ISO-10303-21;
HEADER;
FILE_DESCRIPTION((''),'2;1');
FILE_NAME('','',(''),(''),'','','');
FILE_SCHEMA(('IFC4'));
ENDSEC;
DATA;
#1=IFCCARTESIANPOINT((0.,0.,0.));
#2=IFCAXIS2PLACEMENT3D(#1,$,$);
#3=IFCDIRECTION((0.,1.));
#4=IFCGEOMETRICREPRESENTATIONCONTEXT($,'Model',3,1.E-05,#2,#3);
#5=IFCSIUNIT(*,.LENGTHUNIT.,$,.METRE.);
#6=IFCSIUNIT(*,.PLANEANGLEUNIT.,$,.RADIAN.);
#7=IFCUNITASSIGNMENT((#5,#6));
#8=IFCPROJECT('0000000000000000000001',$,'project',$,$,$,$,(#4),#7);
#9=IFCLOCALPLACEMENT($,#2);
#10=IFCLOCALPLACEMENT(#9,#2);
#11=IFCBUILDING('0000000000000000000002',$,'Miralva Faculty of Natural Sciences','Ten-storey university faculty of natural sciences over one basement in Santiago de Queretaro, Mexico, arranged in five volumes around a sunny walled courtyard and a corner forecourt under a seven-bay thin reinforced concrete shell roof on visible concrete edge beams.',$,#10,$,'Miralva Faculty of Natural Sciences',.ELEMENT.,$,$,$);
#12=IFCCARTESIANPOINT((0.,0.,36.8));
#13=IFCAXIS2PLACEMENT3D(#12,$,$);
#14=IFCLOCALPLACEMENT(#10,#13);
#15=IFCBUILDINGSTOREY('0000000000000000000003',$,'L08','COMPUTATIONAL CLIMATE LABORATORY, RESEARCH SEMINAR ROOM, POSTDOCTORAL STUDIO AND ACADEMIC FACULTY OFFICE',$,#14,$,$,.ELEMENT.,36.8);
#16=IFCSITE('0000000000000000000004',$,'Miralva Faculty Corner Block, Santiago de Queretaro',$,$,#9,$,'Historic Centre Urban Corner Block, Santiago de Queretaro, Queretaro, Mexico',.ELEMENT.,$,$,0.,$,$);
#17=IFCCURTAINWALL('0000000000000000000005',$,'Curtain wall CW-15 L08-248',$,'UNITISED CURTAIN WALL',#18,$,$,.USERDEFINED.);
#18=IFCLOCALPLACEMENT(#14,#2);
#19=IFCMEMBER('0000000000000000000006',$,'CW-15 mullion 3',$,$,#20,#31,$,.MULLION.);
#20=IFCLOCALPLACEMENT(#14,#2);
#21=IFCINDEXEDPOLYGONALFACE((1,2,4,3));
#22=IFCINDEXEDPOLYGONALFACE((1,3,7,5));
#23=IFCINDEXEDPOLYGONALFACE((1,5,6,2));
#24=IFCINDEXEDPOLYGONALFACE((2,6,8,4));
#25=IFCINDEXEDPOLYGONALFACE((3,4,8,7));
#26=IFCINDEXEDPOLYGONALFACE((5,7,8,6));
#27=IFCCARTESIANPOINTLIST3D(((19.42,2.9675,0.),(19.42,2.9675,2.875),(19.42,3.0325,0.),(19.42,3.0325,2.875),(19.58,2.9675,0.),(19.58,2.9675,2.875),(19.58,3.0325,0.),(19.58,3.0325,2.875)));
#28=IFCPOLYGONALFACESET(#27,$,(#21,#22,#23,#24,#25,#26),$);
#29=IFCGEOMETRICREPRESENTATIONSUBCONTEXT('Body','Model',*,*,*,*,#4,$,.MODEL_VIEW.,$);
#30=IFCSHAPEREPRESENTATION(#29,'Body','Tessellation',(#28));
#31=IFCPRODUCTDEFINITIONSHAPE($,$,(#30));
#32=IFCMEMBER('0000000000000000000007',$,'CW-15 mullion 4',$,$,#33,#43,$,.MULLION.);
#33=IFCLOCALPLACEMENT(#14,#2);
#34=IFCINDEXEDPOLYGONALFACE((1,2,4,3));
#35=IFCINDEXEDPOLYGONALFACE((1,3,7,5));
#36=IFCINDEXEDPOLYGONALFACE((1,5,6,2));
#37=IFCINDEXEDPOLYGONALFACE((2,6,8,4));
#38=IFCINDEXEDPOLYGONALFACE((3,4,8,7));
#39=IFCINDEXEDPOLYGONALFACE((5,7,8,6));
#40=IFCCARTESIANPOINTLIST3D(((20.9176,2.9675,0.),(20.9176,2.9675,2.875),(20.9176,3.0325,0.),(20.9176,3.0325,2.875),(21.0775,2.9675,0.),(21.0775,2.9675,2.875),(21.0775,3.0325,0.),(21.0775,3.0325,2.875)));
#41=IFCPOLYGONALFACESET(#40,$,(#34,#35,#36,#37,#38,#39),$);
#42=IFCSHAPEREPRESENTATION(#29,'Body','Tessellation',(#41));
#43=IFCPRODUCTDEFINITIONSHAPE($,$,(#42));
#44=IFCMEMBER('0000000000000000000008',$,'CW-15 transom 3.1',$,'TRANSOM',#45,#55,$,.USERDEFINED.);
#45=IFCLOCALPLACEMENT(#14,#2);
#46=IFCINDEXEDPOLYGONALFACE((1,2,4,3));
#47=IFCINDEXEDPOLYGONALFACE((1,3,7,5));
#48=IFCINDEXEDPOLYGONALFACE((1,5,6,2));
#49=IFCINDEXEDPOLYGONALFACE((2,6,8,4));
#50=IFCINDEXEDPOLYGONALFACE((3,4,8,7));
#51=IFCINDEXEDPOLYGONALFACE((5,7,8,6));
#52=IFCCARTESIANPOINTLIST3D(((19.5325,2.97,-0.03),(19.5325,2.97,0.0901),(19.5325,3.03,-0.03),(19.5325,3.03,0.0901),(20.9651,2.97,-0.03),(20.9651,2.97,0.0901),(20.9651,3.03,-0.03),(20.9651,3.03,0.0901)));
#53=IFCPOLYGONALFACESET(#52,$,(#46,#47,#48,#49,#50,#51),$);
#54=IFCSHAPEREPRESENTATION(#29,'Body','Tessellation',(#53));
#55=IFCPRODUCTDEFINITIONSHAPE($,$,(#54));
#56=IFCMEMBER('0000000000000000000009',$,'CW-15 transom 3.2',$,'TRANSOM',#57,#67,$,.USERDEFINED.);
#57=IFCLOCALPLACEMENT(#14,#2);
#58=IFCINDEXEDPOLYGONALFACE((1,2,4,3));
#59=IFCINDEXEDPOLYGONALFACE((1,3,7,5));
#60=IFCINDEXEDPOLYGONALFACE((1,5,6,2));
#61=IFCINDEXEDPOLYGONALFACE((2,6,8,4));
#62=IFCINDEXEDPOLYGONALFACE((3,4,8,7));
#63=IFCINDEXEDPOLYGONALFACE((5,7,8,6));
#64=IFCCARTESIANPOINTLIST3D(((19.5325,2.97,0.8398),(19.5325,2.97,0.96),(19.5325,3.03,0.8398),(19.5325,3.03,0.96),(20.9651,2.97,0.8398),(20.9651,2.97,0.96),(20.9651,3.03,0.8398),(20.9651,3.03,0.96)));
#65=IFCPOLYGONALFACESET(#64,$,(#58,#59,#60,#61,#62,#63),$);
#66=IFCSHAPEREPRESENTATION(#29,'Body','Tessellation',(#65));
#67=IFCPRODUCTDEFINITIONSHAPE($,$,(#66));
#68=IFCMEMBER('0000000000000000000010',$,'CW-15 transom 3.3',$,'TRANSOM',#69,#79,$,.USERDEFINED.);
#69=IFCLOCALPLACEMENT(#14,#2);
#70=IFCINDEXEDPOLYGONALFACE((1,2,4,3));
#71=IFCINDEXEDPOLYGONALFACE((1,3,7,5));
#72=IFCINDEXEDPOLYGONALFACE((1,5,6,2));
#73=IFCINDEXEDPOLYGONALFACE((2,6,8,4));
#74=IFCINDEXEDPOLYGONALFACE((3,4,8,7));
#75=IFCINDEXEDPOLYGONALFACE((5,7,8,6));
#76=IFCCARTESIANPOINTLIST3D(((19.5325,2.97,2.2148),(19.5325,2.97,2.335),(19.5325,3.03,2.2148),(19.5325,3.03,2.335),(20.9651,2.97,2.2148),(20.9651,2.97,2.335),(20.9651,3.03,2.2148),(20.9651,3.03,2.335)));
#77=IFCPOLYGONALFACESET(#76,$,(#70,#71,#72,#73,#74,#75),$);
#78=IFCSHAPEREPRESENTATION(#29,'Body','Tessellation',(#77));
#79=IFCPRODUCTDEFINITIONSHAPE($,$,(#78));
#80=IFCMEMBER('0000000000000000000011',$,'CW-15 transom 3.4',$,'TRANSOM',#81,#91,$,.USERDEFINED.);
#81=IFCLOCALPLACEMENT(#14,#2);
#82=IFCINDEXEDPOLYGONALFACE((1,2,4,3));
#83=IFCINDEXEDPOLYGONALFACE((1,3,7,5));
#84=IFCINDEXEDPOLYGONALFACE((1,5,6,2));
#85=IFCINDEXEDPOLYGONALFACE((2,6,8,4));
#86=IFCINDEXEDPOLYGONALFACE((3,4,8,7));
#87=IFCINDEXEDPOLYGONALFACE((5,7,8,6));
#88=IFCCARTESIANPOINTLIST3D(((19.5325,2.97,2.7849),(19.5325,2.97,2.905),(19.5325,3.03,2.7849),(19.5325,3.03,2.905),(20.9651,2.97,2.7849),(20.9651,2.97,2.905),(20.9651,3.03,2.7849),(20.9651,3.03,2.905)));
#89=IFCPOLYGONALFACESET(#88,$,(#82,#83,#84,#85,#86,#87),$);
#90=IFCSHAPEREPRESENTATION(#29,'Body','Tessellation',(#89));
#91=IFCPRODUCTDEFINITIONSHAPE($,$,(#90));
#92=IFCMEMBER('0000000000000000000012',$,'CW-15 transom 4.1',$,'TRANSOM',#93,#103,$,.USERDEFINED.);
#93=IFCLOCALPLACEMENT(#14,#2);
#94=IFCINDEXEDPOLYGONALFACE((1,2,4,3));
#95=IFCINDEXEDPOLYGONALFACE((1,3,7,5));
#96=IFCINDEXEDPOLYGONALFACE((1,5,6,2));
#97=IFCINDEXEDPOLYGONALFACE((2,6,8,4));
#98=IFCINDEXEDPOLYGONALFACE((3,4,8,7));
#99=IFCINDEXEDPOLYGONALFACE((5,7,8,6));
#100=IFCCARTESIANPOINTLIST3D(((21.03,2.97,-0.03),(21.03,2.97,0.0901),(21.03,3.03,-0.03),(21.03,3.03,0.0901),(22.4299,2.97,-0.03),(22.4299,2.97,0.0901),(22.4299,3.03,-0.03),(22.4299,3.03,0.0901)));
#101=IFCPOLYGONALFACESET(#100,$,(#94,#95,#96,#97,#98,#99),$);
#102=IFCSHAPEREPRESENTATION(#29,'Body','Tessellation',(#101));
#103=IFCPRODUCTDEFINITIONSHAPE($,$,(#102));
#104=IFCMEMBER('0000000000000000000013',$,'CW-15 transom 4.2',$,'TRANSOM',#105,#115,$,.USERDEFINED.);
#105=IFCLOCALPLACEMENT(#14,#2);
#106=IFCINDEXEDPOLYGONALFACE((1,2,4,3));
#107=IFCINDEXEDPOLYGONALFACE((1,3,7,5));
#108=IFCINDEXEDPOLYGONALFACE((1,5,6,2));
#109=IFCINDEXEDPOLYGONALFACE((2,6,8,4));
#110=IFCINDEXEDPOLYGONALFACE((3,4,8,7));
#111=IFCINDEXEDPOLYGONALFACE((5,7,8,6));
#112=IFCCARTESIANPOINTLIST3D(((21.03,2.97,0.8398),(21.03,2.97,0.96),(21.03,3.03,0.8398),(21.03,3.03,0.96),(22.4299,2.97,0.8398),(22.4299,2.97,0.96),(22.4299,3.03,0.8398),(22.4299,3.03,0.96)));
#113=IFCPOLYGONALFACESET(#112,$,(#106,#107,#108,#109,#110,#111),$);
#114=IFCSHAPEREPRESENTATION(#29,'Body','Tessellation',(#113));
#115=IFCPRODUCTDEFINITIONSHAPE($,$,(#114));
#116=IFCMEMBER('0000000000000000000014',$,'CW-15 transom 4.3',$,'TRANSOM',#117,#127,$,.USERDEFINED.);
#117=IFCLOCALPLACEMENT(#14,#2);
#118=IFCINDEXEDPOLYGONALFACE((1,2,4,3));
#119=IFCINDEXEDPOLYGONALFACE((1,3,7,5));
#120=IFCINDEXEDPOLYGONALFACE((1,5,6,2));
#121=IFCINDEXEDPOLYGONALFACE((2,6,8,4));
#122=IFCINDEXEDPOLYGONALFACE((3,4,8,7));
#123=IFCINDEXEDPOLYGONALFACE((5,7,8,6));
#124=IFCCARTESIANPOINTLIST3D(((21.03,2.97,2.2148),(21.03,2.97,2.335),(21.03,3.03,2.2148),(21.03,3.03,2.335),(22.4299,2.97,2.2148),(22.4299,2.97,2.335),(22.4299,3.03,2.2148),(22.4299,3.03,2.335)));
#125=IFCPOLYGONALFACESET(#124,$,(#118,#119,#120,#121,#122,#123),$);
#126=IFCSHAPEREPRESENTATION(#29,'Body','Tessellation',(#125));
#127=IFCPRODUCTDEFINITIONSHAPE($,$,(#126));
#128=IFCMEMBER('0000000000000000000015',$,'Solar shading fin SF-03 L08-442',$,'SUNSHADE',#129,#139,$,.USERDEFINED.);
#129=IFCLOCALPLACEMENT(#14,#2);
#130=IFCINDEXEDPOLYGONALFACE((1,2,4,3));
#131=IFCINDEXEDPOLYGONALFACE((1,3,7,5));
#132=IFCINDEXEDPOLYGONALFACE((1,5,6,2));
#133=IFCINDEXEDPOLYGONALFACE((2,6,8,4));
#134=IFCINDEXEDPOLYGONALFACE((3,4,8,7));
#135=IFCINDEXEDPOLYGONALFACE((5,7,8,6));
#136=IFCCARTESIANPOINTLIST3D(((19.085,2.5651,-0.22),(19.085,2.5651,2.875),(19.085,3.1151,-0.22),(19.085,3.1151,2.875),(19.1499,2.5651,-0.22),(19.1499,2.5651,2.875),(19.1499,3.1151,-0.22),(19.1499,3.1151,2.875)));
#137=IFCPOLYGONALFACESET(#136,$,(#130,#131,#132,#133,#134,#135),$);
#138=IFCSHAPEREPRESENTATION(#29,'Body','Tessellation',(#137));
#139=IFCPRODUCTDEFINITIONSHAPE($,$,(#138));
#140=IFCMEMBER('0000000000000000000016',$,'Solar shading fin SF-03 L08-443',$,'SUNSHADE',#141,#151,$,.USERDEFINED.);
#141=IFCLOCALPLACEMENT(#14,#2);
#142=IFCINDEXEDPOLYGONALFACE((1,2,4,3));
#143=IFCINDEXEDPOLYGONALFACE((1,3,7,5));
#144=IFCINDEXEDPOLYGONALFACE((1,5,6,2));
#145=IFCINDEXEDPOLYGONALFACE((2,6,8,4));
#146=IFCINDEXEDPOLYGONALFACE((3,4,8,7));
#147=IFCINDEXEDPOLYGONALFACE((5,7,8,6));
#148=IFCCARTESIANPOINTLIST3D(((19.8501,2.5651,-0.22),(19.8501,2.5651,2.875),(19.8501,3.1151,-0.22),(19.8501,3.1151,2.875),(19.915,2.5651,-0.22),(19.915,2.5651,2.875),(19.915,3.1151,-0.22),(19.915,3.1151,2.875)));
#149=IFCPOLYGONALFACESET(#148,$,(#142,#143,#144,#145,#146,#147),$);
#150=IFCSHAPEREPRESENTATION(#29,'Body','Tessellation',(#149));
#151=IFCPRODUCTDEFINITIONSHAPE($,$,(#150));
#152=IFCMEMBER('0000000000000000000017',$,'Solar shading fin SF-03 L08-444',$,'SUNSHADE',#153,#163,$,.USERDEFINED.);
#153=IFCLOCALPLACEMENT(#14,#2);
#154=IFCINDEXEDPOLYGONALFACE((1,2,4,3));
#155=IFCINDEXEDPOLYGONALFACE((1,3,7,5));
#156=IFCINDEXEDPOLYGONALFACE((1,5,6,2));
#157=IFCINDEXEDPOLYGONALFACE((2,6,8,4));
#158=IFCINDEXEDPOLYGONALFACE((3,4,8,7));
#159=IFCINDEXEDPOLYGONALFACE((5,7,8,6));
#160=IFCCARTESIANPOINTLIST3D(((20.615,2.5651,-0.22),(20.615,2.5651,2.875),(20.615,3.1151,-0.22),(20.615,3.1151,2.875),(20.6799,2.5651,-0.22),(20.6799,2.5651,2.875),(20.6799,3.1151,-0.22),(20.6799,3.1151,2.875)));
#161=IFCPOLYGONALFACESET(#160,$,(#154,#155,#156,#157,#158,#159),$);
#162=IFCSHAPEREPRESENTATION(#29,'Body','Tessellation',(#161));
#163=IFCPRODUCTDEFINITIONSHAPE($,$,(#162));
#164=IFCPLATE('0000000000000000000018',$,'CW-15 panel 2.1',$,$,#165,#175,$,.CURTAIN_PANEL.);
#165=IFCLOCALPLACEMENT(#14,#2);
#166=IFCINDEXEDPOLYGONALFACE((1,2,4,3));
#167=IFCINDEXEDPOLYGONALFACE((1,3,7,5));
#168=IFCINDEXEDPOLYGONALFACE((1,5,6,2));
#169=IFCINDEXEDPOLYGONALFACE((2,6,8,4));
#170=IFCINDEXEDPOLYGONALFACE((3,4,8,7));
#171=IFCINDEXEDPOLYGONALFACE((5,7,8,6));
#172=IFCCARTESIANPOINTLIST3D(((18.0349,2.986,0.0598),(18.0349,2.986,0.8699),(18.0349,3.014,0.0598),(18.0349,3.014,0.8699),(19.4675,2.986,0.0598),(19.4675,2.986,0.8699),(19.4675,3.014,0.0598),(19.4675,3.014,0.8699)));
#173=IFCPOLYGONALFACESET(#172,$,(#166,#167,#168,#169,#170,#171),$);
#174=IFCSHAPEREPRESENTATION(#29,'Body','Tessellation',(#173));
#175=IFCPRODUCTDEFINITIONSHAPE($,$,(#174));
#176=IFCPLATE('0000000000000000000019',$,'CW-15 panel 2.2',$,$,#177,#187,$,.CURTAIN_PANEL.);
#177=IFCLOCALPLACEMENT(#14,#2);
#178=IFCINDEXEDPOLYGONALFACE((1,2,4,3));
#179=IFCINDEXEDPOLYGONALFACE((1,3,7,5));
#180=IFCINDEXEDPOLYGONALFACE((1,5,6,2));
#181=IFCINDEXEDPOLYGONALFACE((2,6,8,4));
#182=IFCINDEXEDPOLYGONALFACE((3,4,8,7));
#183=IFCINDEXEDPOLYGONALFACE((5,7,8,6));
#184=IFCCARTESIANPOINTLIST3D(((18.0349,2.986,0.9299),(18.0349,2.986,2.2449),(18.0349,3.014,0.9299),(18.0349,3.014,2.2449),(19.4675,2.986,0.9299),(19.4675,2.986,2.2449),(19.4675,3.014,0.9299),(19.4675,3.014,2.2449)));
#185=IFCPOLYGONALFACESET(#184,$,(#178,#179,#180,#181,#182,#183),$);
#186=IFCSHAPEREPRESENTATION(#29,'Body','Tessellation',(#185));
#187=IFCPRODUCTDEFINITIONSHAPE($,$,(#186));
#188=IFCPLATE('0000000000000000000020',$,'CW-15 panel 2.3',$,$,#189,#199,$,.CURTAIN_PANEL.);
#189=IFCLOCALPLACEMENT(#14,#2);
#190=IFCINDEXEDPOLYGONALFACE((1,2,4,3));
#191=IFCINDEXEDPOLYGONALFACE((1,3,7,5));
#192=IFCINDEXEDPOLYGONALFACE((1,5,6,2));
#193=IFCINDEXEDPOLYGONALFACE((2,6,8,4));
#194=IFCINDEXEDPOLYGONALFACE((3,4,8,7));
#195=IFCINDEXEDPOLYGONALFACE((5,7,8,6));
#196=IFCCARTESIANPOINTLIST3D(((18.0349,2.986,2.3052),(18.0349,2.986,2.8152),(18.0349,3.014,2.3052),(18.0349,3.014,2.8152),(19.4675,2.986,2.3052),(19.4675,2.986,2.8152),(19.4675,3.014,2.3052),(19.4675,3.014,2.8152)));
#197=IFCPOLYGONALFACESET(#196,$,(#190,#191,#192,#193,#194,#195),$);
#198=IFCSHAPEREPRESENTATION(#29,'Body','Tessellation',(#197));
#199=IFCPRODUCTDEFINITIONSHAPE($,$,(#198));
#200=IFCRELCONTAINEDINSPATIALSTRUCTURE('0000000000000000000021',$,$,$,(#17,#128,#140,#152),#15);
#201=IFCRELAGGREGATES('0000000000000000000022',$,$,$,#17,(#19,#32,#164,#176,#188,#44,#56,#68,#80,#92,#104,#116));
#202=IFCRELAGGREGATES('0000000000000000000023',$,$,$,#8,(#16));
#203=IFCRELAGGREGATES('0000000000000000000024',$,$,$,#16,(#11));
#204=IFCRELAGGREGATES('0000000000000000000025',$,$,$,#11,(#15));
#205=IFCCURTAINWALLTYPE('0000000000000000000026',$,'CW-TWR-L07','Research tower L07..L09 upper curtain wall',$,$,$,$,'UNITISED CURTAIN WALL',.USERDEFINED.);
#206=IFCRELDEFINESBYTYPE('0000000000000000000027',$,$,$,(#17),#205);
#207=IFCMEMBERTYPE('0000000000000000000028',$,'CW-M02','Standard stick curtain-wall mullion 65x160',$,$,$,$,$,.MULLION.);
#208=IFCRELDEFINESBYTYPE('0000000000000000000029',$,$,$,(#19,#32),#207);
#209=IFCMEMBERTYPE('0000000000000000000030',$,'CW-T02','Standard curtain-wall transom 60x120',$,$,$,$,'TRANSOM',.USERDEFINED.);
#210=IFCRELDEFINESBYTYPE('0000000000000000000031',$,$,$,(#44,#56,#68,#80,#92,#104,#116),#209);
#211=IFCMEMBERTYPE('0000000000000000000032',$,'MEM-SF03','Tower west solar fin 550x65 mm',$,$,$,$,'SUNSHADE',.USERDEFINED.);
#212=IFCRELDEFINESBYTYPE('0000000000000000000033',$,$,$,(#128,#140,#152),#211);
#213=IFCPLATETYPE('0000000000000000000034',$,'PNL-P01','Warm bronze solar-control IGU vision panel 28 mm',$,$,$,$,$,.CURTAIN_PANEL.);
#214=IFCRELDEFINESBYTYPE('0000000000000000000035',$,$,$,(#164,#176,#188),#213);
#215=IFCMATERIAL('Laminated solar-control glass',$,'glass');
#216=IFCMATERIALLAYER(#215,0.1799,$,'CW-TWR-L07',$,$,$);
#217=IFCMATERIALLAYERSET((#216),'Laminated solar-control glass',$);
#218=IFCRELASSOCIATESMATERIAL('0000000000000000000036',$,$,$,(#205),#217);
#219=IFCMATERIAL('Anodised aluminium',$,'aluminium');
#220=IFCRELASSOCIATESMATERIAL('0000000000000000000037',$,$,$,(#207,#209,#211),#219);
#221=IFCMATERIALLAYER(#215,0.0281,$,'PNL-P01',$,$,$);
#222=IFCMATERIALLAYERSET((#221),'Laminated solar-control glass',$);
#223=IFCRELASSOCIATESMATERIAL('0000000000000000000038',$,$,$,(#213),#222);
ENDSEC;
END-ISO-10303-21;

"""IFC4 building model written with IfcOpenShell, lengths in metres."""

from ifc_helpers import new_model, si_unit, direction, frame, origin, origin_2d, place, context, subcontext, project, spatial, rectangle, extrude, material, layer, layer_set, material_profile, profile_set, type_object, element, aggregate, save


model = new_model("IFC4")

# Units and contexts
model_context = context("Model", 3, precision=1e-05, world=origin(), true_north=direction((0.0, 1.0)))
body_context = subcontext(model_context, "Body", "Model", "MODEL_VIEW")
ifc_project = project(units=[si_unit("LENGTHUNIT", "METRE"), si_unit("PLANEANGLEUNIT", "RADIAN")], contexts=[model_context])

# Site, building, storey
site_placement = place(None, origin())
site = spatial("IfcSite", under=ifc_project, at=site_placement, Name="Miralva Faculty Corner Block, Santiago de Queretaro", LongName="Historic Centre Urban Corner Block, Santiago de Queretaro, Queretaro, Mexico", CompositionType="ELEMENT", RefElevation=0.0)
building_placement = place(site_placement, origin())
building = spatial("IfcBuilding", under=site, at=building_placement, Name="Miralva Faculty of Natural Sciences", Description="Ten-storey university faculty of natural sciences over one basement in Santiago de Queretaro, Mexico, arranged in five volumes around a sunny walled courtyard and a corner forecourt under a seven-bay thin reinforced concrete shell roof on visible concrete edge beams.", LongName="Miralva Faculty of Natural Sciences", CompositionType="ELEMENT")
storey_placement = place(building_placement, frame((0.0, 0.0, 36.8)))
storey = spatial("IfcBuildingStorey", under=building, at=storey_placement, Name="L08", Description="COMPUTATIONAL CLIMATE LABORATORY, RESEARCH SEMINAR ROOM, POSTDOCTORAL STUDIO AND ACADEMIC FACULTY OFFICE", CompositionType="ELEMENT", Elevation=36.8)

# Curtain wall, members
ifc_material_1 = material(Name="Laminated solar-control glass", Category="glass")
ifc_layer_1 = layer(ifc_material_1, 0.1799, Name="CW-TWR-L07")
ifc_layer_set_1 = layer_set([ifc_layer_1], Name="Laminated solar-control glass")
curtain_wall_type = type_object("IfcCurtainWallType", Name="CW-TWR-L07", Description="Research tower L07..L09 upper curtain wall", ElementType="UNITISED CURTAIN WALL", PredefinedType="USERDEFINED", material=ifc_layer_set_1)
curtain_wall_placement = place(storey_placement, origin())
curtain_wall = element("IfcCurtainWall", 1, at=curtain_wall_placement, inside=storey, type_object=curtain_wall_type, Name="Curtain wall CW-15 L08-248", ObjectType="UNITISED CURTAIN WALL", PredefinedType="USERDEFINED")
ifc_material_2 = material(Name="Anodised aluminium", Category="aluminium")
ifc_material_profile_1 = material_profile(ifc_material_2, rectangle(XDim=0.0649, YDim=0.1599, at=origin_2d()), Name="MULLION 65x160")
ifc_profile_set_1 = profile_set([ifc_material_profile_1], Name="Anodised aluminium")
member_type_1 = type_object("IfcMemberType", Name="CW-M02", Description="Standard stick curtain-wall mullion 65x160", PredefinedType="MULLION", material=ifc_profile_set_1)
member_1_placement = place(storey_placement, frame((19.5, 3.0, 0.0), z_axis=(0.0, 0.0, 1.0), x_axis=(0.0, 1.0, 0.0)))
member_1 = element("IfcMember", 2, at=member_1_placement, type_object=member_type_1, Name="CW-15 mullion 3", PredefinedType="MULLION", context=body_context, shape_type="SweptSolid", body=[
    extrude(rectangle(XDim=0.0649, YDim=0.1599, at=origin_2d()), origin(), (0.0, 0.0, 1.0), 2.875),
])
member_2_placement = place(storey_placement, frame((20.9976, 3.0, 0.0), z_axis=(0.0, 0.0, 1.0), x_axis=(0.0, 1.0, 0.0)))
member_2 = element("IfcMember", 3, at=member_2_placement, type_object=member_type_1, Name="CW-15 mullion 4", PredefinedType="MULLION", context=body_context, shape_type="SweptSolid", body=[
    extrude(rectangle(XDim=0.0649, YDim=0.1599, at=origin_2d()), origin(), (0.0, 0.0, 1.0), 2.875),
])
ifc_material_profile_2 = material_profile(ifc_material_2, rectangle(XDim=0.0601, YDim=0.1201, at=origin_2d()), Name="TRANSOM 60x120")
ifc_profile_set_2 = profile_set([ifc_material_profile_2], Name="Anodised aluminium")
member_type_2 = type_object("IfcMemberType", Name="CW-T02", Description="Standard curtain-wall transom 60x120", ElementType="TRANSOM", PredefinedType="USERDEFINED", material=ifc_profile_set_2)
member_3_placement = place(storey_placement, frame((19.5325, 3.0, 0.03), z_axis=(1.0, 0.0, 0.0), x_axis=(0.0, 1.0, 0.0)))
member_3 = element("IfcMember", 4, at=member_3_placement, type_object=member_type_2, Name="CW-15 transom 3.1", ObjectType="TRANSOM", PredefinedType="USERDEFINED", context=body_context, shape_type="SweptSolid", body=[
    extrude(rectangle(XDim=0.0601, YDim=0.1201, at=origin_2d()), origin(), (0.0, 0.0, 1.0), 1.4326),
])
member_4_placement = place(storey_placement, frame((19.5325, 3.0, 0.8999), z_axis=(1.0, 0.0, 0.0), x_axis=(0.0, 1.0, 0.0)))
member_4 = element("IfcMember", 5, at=member_4_placement, type_object=member_type_2, Name="CW-15 transom 3.2", ObjectType="TRANSOM", PredefinedType="USERDEFINED", context=body_context, shape_type="SweptSolid", body=[
    extrude(rectangle(XDim=0.0601, YDim=0.1201, at=origin_2d()), origin(), (0.0, 0.0, 1.0), 1.4326),
])
member_5_placement = place(storey_placement, frame((19.5325, 3.0, 2.2749), z_axis=(1.0, 0.0, 0.0), x_axis=(0.0, 1.0, 0.0)))
member_5 = element("IfcMember", 6, at=member_5_placement, type_object=member_type_2, Name="CW-15 transom 3.3", ObjectType="TRANSOM", PredefinedType="USERDEFINED", context=body_context, shape_type="SweptSolid", body=[
    extrude(rectangle(XDim=0.0601, YDim=0.1201, at=origin_2d()), origin(), (0.0, 0.0, 1.0), 1.4326),
])
member_6_placement = place(storey_placement, frame((19.5325, 3.0, 2.845), z_axis=(1.0, 0.0, 0.0), x_axis=(0.0, 1.0, 0.0)))
member_6 = element("IfcMember", 7, at=member_6_placement, type_object=member_type_2, Name="CW-15 transom 3.4", ObjectType="TRANSOM", PredefinedType="USERDEFINED", context=body_context, shape_type="SweptSolid", body=[
    extrude(rectangle(XDim=0.0601, YDim=0.1201, at=origin_2d()), origin(), (0.0, 0.0, 1.0), 1.4326),
])
member_7_placement = place(storey_placement, frame((21.03, 3.0, 0.03), z_axis=(1.0, 0.0, 0.0), x_axis=(0.0, 1.0, 0.0)))
member_7 = element("IfcMember", 8, at=member_7_placement, type_object=member_type_2, Name="CW-15 transom 4.1", ObjectType="TRANSOM", PredefinedType="USERDEFINED", context=body_context, shape_type="SweptSolid", body=[
    extrude(rectangle(XDim=0.0601, YDim=0.1201, at=origin_2d()), origin(), (0.0, 0.0, 1.0), 1.3999),
])
member_8_placement = place(storey_placement, frame((21.03, 3.0, 0.8999), z_axis=(1.0, 0.0, 0.0), x_axis=(0.0, 1.0, 0.0)))
member_8 = element("IfcMember", 9, at=member_8_placement, type_object=member_type_2, Name="CW-15 transom 4.2", ObjectType="TRANSOM", PredefinedType="USERDEFINED", context=body_context, shape_type="SweptSolid", body=[
    extrude(rectangle(XDim=0.0601, YDim=0.1201, at=origin_2d()), origin(), (0.0, 0.0, 1.0), 1.3999),
])
member_9_placement = place(storey_placement, frame((21.03, 3.0, 2.2749), z_axis=(1.0, 0.0, 0.0), x_axis=(0.0, 1.0, 0.0)))
member_9 = element("IfcMember", 10, at=member_9_placement, type_object=member_type_2, Name="CW-15 transom 4.3", ObjectType="TRANSOM", PredefinedType="USERDEFINED", context=body_context, shape_type="SweptSolid", body=[
    extrude(rectangle(XDim=0.0601, YDim=0.1201, at=origin_2d()), origin(), (0.0, 0.0, 1.0), 1.3999),
])

# Members
ifc_material_profile_3 = material_profile(ifc_material_2, rectangle(XDim=0.0649, YDim=0.55, at=origin_2d()), Name="FIN 550x65")
ifc_profile_set_3 = profile_set([ifc_material_profile_3], Name="Anodised aluminium")
member_type_3 = type_object("IfcMemberType", Name="MEM-SF03", Description="Tower west solar fin 550x65 mm", ElementType="SUNSHADE", PredefinedType="USERDEFINED", material=ifc_profile_set_3)
for number, where, z_axis, x_axis, name in (
    (11, (19.1174, 2.8401, -0.22), (0.0, 0.0, 1.0), (1.0, 0.0, 0.0), "Solar shading fin SF-03 L08-442"),
    (12, (19.8826, 2.8401, -0.22), (0.0, 0.0, 1.0), (1.0, 0.0, 0.0), "Solar shading fin SF-03 L08-443"),
    (13, (20.6475, 2.8401, -0.22), (0.0, 0.0, 1.0), (1.0, 0.0, 0.0), "Solar shading fin SF-03 L08-444"),
):
    element("IfcMember", number, at=place(storey_placement, frame(where, z_axis=z_axis, x_axis=x_axis)), inside=storey, type_object=member_type_3, Name=name, ObjectType="SUNSHADE", PredefinedType="USERDEFINED", context=body_context, shape_type="SweptSolid", body=[
        extrude(rectangle(XDim=0.0649, YDim=0.55, at=origin_2d()), origin(), (0.0, 0.0, 1.0), 3.095),
    ])

# Plates
ifc_layer_2 = layer(ifc_material_1, 0.0281, Name="PNL-P01")
ifc_layer_set_2 = layer_set([ifc_layer_2], Name="Laminated solar-control glass")
plate_type = type_object("IfcPlateType", Name="PNL-P01", Description="Warm bronze solar-control IGU vision panel 28 mm", PredefinedType="CURTAIN_PANEL", material=ifc_layer_set_2)
plate_1_placement = place(storey_placement, frame((18.7512, 3.0, 0.0598), z_axis=(0.0, 0.0, 1.0), x_axis=(1.0, 0.0, 0.0)))
plate_1 = element("IfcPlate", 14, at=plate_1_placement, type_object=plate_type, Name="CW-15 panel 2.1", PredefinedType="CURTAIN_PANEL", context=body_context, shape_type="SweptSolid", body=[
    extrude(rectangle(XDim=1.4326, YDim=0.0281, at=origin_2d()), origin(), (0.0, 0.0, 1.0), 0.8101),
])
plate_2_placement = place(storey_placement, frame((18.7512, 3.0, 0.9299), z_axis=(0.0, 0.0, 1.0), x_axis=(1.0, 0.0, 0.0)))
plate_2 = element("IfcPlate", 15, at=plate_2_placement, type_object=plate_type, Name="CW-15 panel 2.2", PredefinedType="CURTAIN_PANEL", context=body_context, shape_type="SweptSolid", body=[
    extrude(rectangle(XDim=1.4326, YDim=0.0281, at=origin_2d()), origin(), (0.0, 0.0, 1.0), 1.3149),
])
plate_3_placement = place(storey_placement, frame((18.7512, 3.0, 2.3052), z_axis=(0.0, 0.0, 1.0), x_axis=(1.0, 0.0, 0.0)))
plate_3 = element("IfcPlate", 16, at=plate_3_placement, type_object=plate_type, Name="CW-15 panel 2.3", PredefinedType="CURTAIN_PANEL", context=body_context, shape_type="SweptSolid", body=[
    extrude(rectangle(XDim=1.4326, YDim=0.0281, at=origin_2d()), origin(), (0.0, 0.0, 1.0), 0.51),
])
aggregate(curtain_wall, [member_1, member_2, plate_1, plate_2, plate_3, member_3, member_4, member_5, member_6, member_7, member_8, member_9])

save(model, "model.ifc")
